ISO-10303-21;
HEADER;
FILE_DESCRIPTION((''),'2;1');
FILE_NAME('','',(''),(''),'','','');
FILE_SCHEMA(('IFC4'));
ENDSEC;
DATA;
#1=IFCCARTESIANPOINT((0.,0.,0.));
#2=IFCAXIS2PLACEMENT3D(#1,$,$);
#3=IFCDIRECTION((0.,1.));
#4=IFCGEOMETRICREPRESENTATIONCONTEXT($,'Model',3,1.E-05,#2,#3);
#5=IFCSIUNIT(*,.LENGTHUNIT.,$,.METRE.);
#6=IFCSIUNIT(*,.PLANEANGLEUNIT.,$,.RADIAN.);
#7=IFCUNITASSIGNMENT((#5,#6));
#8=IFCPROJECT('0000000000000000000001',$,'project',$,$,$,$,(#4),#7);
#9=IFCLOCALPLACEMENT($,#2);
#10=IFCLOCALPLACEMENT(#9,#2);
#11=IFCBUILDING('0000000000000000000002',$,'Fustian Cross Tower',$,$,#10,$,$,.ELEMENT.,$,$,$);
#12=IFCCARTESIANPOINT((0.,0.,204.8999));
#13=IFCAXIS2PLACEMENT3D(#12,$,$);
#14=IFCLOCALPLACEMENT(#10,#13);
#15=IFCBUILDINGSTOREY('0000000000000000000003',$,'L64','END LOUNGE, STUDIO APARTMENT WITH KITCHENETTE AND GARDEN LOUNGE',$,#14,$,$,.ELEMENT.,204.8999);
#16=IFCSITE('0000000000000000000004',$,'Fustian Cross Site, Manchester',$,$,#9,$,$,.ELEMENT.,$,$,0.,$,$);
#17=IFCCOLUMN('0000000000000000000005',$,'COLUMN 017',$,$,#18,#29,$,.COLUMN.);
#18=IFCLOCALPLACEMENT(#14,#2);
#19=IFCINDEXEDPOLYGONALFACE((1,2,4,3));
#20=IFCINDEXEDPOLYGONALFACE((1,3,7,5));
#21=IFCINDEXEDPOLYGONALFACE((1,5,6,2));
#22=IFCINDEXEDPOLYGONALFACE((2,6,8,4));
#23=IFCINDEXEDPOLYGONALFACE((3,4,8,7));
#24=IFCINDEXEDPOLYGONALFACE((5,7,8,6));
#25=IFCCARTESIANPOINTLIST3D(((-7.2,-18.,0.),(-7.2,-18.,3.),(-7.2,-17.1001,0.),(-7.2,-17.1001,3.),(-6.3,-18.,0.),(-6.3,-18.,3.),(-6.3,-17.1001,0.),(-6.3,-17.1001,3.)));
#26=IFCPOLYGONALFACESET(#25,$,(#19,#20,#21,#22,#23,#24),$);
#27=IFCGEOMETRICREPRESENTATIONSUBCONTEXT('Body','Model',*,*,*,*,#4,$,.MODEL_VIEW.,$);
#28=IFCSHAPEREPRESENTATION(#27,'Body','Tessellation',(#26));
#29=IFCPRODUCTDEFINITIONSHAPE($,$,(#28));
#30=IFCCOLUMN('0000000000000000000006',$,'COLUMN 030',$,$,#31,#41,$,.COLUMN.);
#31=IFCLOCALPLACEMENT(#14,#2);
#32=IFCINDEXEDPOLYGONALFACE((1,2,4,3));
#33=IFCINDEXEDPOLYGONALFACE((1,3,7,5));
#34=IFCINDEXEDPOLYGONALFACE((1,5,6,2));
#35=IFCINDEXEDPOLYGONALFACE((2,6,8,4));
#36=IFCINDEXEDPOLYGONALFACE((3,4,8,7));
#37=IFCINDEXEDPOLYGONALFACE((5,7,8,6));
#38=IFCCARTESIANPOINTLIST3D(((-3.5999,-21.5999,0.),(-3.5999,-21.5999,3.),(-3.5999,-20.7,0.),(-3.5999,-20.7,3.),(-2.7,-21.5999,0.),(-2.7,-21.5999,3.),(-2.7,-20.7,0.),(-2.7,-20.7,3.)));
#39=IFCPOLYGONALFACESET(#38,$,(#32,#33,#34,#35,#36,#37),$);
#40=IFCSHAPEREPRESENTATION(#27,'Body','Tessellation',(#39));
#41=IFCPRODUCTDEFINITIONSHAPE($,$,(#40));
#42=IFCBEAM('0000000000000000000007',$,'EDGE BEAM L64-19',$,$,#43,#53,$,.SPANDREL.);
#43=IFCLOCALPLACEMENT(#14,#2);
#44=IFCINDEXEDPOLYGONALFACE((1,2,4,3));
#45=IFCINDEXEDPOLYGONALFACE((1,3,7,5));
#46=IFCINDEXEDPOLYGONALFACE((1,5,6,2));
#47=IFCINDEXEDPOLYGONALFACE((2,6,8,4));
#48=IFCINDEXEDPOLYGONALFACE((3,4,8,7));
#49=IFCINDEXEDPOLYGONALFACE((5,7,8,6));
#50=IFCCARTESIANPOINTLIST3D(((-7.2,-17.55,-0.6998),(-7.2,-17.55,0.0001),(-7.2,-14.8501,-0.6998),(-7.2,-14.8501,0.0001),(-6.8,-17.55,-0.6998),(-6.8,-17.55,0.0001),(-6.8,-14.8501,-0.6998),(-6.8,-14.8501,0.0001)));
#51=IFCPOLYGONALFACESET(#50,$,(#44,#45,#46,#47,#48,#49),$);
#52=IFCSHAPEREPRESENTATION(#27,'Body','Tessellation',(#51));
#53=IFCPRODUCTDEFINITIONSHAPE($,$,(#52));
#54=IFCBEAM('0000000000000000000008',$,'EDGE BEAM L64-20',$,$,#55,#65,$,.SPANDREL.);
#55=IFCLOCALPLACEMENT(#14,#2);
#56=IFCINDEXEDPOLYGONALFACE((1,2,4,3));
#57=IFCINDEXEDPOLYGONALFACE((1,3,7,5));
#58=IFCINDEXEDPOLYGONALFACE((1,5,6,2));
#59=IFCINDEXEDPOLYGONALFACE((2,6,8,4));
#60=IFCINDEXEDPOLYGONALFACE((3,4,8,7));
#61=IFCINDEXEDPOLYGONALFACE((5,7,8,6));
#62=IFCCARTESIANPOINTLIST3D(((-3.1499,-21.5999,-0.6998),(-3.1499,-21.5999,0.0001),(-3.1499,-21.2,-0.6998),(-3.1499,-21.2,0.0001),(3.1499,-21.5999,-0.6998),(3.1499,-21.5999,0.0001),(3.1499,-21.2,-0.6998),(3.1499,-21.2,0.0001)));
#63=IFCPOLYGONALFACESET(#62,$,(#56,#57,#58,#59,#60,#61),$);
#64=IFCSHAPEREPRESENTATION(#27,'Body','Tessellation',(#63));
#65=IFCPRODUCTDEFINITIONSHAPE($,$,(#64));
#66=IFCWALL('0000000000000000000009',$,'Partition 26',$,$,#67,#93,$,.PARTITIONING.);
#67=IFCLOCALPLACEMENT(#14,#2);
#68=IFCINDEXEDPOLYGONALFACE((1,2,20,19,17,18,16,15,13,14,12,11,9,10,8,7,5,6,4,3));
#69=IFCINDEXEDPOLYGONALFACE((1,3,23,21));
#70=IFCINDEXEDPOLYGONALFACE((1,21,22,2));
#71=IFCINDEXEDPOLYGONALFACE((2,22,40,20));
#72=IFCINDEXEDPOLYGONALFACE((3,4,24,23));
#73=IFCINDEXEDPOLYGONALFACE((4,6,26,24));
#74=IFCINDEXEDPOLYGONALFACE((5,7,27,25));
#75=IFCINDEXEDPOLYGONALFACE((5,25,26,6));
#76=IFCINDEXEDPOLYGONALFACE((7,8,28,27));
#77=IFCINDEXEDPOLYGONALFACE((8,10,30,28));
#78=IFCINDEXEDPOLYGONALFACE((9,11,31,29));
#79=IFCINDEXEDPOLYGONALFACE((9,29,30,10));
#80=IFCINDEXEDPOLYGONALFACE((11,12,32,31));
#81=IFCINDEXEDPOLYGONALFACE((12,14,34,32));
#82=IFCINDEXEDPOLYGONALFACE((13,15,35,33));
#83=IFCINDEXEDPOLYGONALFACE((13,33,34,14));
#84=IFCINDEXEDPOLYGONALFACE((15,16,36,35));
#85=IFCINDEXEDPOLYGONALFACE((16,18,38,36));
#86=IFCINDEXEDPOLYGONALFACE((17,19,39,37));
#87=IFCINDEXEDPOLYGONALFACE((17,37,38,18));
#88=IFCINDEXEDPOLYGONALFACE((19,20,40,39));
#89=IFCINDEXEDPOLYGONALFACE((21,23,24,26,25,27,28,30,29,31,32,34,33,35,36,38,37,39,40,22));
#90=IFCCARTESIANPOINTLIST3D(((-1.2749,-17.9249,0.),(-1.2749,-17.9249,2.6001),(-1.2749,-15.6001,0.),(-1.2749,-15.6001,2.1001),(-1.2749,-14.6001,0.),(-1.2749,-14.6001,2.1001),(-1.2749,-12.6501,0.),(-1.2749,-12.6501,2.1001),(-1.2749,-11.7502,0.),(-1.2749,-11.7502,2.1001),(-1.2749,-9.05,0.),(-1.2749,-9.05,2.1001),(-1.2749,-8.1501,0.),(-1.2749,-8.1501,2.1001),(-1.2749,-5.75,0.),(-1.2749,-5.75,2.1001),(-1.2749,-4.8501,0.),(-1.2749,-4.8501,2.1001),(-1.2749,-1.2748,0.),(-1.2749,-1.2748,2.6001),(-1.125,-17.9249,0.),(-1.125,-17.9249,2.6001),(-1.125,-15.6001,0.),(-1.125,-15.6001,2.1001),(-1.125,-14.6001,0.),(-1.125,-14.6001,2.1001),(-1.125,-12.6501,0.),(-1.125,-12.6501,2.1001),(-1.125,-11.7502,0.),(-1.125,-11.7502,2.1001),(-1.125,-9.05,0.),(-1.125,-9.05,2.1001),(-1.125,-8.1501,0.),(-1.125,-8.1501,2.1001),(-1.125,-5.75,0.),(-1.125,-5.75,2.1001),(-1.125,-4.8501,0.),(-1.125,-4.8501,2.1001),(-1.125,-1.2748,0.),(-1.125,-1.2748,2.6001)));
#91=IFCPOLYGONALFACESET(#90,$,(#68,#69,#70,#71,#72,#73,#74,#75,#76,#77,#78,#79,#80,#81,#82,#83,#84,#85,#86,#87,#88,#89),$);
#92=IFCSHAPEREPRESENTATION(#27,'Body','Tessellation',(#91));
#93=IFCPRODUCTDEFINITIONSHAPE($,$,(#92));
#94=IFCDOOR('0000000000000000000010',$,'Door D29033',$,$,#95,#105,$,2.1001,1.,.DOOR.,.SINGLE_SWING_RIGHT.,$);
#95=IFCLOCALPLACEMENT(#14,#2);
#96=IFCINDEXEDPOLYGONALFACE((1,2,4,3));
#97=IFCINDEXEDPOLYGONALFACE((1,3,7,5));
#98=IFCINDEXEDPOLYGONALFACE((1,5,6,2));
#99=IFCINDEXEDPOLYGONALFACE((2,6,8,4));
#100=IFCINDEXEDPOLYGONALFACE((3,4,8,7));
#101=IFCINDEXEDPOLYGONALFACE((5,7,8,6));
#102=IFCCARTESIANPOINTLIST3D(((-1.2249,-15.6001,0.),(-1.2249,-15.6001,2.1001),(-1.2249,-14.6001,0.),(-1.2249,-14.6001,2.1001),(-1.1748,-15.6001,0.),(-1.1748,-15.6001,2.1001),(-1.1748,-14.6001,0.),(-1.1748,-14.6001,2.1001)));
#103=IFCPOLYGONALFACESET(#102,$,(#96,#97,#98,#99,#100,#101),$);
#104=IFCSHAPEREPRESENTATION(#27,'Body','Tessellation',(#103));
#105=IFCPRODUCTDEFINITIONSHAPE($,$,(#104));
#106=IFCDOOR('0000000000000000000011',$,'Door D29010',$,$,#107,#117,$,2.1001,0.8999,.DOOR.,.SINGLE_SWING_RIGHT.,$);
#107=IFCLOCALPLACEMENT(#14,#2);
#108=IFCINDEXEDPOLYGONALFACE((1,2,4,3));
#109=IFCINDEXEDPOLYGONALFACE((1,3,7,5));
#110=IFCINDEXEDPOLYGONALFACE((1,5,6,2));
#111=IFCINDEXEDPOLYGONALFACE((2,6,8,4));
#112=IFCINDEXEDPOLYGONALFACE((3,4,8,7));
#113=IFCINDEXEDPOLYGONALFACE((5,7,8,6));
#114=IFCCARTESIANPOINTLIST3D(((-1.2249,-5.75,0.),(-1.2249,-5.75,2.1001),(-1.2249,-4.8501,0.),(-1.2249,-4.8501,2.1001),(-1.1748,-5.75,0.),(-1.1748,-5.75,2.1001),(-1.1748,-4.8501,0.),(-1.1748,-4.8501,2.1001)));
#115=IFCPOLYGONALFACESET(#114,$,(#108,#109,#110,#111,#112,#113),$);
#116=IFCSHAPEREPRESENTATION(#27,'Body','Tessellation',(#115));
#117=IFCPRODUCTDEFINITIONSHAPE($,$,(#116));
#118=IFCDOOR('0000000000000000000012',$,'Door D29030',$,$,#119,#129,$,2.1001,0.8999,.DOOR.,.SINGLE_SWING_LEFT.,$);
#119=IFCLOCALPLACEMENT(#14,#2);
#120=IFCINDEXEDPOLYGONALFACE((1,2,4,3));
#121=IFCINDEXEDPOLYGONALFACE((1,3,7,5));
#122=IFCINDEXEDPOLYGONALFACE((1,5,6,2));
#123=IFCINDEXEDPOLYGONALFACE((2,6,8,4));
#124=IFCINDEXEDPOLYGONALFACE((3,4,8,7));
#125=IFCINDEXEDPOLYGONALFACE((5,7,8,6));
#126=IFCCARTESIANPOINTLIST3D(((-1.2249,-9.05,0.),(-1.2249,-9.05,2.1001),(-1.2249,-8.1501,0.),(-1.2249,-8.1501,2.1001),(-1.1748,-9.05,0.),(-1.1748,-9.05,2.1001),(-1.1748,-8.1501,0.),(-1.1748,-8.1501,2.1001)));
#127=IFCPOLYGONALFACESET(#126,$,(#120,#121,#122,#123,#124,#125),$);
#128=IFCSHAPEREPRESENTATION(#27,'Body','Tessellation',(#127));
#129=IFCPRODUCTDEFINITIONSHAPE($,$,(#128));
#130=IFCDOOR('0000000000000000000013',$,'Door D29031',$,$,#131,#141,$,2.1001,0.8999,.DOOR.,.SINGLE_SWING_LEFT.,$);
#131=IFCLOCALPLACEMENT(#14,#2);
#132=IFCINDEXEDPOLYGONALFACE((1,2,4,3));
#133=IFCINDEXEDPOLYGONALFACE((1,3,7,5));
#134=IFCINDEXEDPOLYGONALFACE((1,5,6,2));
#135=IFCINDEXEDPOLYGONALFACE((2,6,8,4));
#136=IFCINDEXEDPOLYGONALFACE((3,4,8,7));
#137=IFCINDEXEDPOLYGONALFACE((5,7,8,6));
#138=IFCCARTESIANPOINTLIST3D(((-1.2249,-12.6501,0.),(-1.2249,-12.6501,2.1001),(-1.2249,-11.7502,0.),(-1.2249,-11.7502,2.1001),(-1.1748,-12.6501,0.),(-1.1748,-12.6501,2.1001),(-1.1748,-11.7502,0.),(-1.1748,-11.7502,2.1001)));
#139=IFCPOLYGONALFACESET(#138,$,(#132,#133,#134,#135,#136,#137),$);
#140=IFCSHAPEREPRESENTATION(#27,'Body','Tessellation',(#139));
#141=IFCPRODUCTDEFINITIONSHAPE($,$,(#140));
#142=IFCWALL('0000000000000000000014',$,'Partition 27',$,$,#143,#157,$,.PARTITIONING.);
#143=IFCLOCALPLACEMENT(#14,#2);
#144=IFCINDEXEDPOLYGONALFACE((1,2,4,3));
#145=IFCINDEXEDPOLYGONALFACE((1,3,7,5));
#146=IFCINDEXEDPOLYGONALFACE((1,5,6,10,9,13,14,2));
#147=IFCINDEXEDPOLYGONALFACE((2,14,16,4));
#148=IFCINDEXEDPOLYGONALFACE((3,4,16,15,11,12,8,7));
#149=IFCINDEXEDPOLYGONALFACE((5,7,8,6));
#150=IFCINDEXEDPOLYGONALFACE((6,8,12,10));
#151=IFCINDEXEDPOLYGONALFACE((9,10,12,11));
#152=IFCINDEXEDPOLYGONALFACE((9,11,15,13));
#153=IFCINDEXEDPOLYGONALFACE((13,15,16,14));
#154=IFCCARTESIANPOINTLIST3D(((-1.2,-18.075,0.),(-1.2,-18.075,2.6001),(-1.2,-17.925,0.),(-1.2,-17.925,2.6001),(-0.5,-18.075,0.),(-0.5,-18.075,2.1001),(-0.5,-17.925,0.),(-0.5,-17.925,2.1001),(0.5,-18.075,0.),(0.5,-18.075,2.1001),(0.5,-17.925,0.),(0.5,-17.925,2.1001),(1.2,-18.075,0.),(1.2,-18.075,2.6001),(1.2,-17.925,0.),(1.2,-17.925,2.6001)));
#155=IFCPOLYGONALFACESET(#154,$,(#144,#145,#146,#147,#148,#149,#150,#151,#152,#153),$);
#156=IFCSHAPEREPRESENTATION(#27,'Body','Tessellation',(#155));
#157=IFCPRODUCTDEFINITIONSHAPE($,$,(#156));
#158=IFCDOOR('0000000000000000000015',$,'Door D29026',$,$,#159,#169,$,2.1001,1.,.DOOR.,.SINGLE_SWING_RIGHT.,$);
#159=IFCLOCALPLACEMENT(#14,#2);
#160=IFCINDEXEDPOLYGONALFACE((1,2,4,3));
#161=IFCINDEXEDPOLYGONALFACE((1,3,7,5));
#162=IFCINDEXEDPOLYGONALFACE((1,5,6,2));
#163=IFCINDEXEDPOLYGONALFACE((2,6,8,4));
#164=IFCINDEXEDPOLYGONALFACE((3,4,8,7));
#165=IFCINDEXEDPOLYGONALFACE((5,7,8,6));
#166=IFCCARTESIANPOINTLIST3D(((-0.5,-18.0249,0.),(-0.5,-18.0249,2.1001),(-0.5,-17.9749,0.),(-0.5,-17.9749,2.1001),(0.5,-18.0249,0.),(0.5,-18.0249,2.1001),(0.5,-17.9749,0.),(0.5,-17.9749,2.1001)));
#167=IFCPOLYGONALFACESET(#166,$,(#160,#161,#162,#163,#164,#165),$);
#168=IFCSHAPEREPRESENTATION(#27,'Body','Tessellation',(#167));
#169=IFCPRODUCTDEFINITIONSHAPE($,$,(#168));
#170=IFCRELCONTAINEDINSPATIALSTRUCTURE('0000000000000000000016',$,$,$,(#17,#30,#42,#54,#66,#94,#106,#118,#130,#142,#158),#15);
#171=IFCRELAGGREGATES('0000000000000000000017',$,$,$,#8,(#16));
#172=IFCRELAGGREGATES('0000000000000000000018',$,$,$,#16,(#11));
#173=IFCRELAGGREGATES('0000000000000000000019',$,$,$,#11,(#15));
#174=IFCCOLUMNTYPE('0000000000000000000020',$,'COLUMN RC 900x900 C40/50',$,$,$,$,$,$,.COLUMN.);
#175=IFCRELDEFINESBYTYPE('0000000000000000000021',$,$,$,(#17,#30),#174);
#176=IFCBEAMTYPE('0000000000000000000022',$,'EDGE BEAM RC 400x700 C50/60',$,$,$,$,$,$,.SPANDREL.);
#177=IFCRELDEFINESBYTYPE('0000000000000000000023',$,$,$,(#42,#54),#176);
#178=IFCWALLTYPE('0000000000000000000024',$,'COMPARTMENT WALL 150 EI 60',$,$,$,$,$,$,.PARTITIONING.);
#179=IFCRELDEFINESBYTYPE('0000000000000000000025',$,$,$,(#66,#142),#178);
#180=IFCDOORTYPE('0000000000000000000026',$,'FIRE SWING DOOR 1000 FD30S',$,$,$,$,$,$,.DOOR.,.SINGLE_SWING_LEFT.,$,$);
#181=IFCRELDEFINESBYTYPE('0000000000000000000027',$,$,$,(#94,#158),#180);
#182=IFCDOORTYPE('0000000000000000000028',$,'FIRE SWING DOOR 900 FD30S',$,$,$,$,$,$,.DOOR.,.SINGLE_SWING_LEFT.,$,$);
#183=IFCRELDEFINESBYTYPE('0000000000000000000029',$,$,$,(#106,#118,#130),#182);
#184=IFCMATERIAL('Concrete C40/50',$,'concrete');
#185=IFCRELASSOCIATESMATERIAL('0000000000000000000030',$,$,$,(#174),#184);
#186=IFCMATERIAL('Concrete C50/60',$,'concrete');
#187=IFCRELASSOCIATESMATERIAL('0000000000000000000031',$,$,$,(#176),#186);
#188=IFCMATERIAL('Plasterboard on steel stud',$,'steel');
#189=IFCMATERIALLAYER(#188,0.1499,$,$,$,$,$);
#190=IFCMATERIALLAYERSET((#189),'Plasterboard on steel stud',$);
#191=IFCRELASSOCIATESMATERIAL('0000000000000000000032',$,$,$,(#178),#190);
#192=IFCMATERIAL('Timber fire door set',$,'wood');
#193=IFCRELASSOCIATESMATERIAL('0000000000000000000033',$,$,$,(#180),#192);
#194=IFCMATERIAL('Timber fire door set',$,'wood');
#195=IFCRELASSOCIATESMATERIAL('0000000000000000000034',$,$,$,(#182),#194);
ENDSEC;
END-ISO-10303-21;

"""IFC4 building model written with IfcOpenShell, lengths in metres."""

from ifc_helpers import new_model, si_unit, direction, frame, frame_2d, origin, origin_2d, place, context, subcontext, project, spatial, rectangle, extrude, material, layer, layer_set, material_profile, profile_set, type_object, element, fill, save


model = new_model("IFC4")

# Units and contexts
model_context = context("Model", 3, precision=1e-05, world=origin(), true_north=direction((0.0, 1.0)))
body_context = subcontext(model_context, "Body", "Model", "MODEL_VIEW")
ifc_project = project(units=[si_unit("LENGTHUNIT", "METRE"), si_unit("PLANEANGLEUNIT", "RADIAN")], contexts=[model_context])

# Site, building, storey
site_placement = place(None, origin())
site = spatial("IfcSite", under=ifc_project, at=site_placement, Name="Fustian Cross Site, Manchester", CompositionType="ELEMENT", RefElevation=0.0)
building_placement = place(site_placement, origin())
building = spatial("IfcBuilding", under=site, at=building_placement, Name="Fustian Cross Tower", CompositionType="ELEMENT")
storey_placement = place(building_placement, frame((0.0, 0.0, 204.8999)))
storey = spatial("IfcBuildingStorey", under=building, at=storey_placement, Name="L64", Description="END LOUNGE, STUDIO APARTMENT WITH KITCHENETTE AND GARDEN LOUNGE", CompositionType="ELEMENT", Elevation=204.8999)

# Columns
ifc_material_1 = material(Name="Concrete C40/50", Category="concrete")
ifc_material_profile_1 = material_profile(ifc_material_1, rectangle(XDim=0.8999, YDim=0.8999, at=origin_2d()), Name="RC 900x900")
ifc_profile_set_1 = profile_set([ifc_material_profile_1], Name="Concrete C40/50")
column_type = type_object("IfcColumnType", Name="COLUMN RC 900x900 C40/50", PredefinedType="COLUMN", material=ifc_profile_set_1)
for number, where, z_axis, x_axis, name in (
    (1, (-6.75, -17.55, 0.0), (0.0, 0.0, 1.0), (1.0, 0.0, 0.0), "COLUMN 017"),
    (2, (-3.1499, -21.1499, 0.0), (0.0, 0.0, 1.0), (1.0, 0.0, 0.0), "COLUMN 030"),
):
    element("IfcColumn", number, at=place(storey_placement, frame(where, z_axis=z_axis, x_axis=x_axis)), inside=storey, type_object=column_type, Name=name, PredefinedType="COLUMN", context=body_context, shape_type="SweptSolid", body=[
        extrude(rectangle(XDim=0.8999, YDim=0.8999, at=origin_2d()), origin(), (0.0, 0.0, 1.0), 3.0),
    ])

# Beams
ifc_material_2 = material(Name="Concrete C50/60", Category="concrete")
ifc_material_profile_2 = material_profile(ifc_material_2, rectangle(XDim=0.3999, YDim=0.7, at=origin_2d()), Name="RC 400x700")
ifc_profile_set_2 = profile_set([ifc_material_profile_2], Name="Concrete C50/60")
beam_type = type_object("IfcBeamType", Name="EDGE BEAM RC 400x700 C50/60", PredefinedType="SPANDREL", material=ifc_profile_set_2)
beam_1_placement = place(storey_placement, frame((-7.0, -14.8501, -0.3499), z_axis=(0.0, -1.0, 0.0), x_axis=(1.0, 0.0, 0.0)))
element("IfcBeam", 3, at=beam_1_placement, inside=storey, type_object=beam_type, Name="EDGE BEAM L64-19", PredefinedType="SPANDREL", context=body_context, shape_type="SweptSolid", body=[
    extrude(rectangle(XDim=0.3999, YDim=0.7, at=origin_2d()), origin(), (0.0, 0.0, 1.0), 2.7),
])
beam_2_placement = place(storey_placement, frame((-3.1499, -21.3999, -0.3499), z_axis=(1.0, 0.0, 0.0), x_axis=(0.0, 1.0, 0.0)))
element("IfcBeam", 4, at=beam_2_placement, inside=storey, type_object=beam_type, Name="EDGE BEAM L64-20", PredefinedType="SPANDREL", context=body_context, shape_type="SweptSolid", body=[
    extrude(rectangle(XDim=0.3999, YDim=0.7, at=origin_2d()), origin(), (0.0, 0.0, 1.0), 6.2998),
])

# Wall, openings, doors
ifc_material_3 = material(Name="Plasterboard on steel stud", Category="steel")
ifc_layer_1 = layer(ifc_material_3, 0.1499)
ifc_layer_set_1 = layer_set([ifc_layer_1], Name="Plasterboard on steel stud")
wall_type_1 = type_object("IfcWallType", Name="COMPARTMENT WALL 150 EI 60", PredefinedType="PARTITIONING", material=ifc_layer_set_1)
wall_1_placement = place(storey_placement, frame((-1.2, -17.925, 0.0), z_axis=(0.0, 0.0, 1.0), x_axis=(0.0, 1.0, 0.0)))
wall_1 = element("IfcWall", 5, at=wall_1_placement, inside=storey, type_object=wall_type_1, Name="Partition 26", PredefinedType="PARTITIONING", context=body_context, shape_type="SweptSolid", body=[
    extrude(rectangle(XDim=16.6501, YDim=0.1499, at=frame_2d((8.3252, 0.0))), origin(), (0.0, 0.0, 1.0), 2.6001),
])
opening_1_placement = place(wall_1_placement, frame((12.175, 0.0, 0.0)))
opening_1 = element("IfcOpeningElement", 6, at=opening_1_placement, cuts=wall_1, PredefinedType="OPENING", context=body_context, shape_type="SweptSolid", body=[
    extrude(rectangle(XDim=0.8999, YDim=2.1001, at=frame_2d((0.45, 1.05))), frame((0.0, 0.085, 0.0), z_axis=(0.0, -1.0, 0.0), x_axis=(1.0, 0.0, 0.0)), (0.0, 0.0, 1.0), 0.1699),
])
opening_2_placement = place(wall_1_placement, frame((8.875, 0.0, 0.0)))
opening_2 = element("IfcOpeningElement", 7, at=opening_2_placement, cuts=wall_1, PredefinedType="OPENING", context=body_context, shape_type="SweptSolid", body=[
    extrude(rectangle(XDim=0.8999, YDim=2.1001, at=frame_2d((0.45, 1.05))), frame((0.0, 0.085, 0.0), z_axis=(0.0, -1.0, 0.0), x_axis=(1.0, 0.0, 0.0)), (0.0, 0.0, 1.0), 0.1699),
])
opening_3_placement = place(wall_1_placement, frame((5.2749, 0.0, 0.0)))
opening_3 = element("IfcOpeningElement", 8, at=opening_3_placement, cuts=wall_1, PredefinedType="OPENING", context=body_context, shape_type="SweptSolid", body=[
    extrude(rectangle(XDim=0.8999, YDim=2.1001, at=frame_2d((0.45, 1.05))), frame((0.0, 0.085, 0.0), z_axis=(0.0, -1.0, 0.0), x_axis=(1.0, 0.0, 0.0)), (0.0, 0.0, 1.0), 0.1699),
])
opening_4_placement = place(wall_1_placement, frame((2.325, 0.0, 0.0)))
opening_4 = element("IfcOpeningElement", 9, at=opening_4_placement, cuts=wall_1, PredefinedType="OPENING", context=body_context, shape_type="SweptSolid", body=[
    extrude(rectangle(XDim=1.0, YDim=2.1001, at=frame_2d((0.5, 1.05))), frame((0.0, 0.085, 0.0), z_axis=(0.0, -1.0, 0.0), x_axis=(1.0, 0.0, 0.0)), (0.0, 0.0, 1.0), 0.1699),
])
ifc_material_4 = material(Name="Timber fire door set", Category="wood")
door_type_1 = type_object("IfcDoorType", Name="FIRE SWING DOOR 1000 FD30S", OperationType="SINGLE_SWING_LEFT", PredefinedType="DOOR", material=ifc_material_4)
door_1_placement = place(opening_4_placement, origin())
door_1 = element("IfcDoor", 10, at=door_1_placement, inside=storey, type_object=door_type_1, Name="Door D29033", OperationType="SINGLE_SWING_RIGHT", OverallHeight=2.1001, OverallWidth=1.0, PredefinedType="DOOR", context=body_context, shape_type="SweptSolid", body=[
    extrude(rectangle(XDim=1.0, YDim=2.1001, at=frame_2d((0.5, 1.05))), frame((0.0, 0.0249, 0.0), z_axis=(0.0, -1.0, 0.0), x_axis=(1.0, 0.0, 0.0)), (0.0, 0.0, 1.0), 0.05),
])
fill(opening_4, door_1)
ifc_material_5 = material(Name="Timber fire door set", Category="wood")
door_type_2 = type_object("IfcDoorType", Name="FIRE SWING DOOR 900 FD30S", OperationType="SINGLE_SWING_LEFT", PredefinedType="DOOR", material=ifc_material_5)
door_2_placement = place(opening_1_placement, origin())
door_2 = element("IfcDoor", 11, at=door_2_placement, inside=storey, type_object=door_type_2, Name="Door D29010", OperationType="SINGLE_SWING_RIGHT", OverallHeight=2.1001, OverallWidth=0.8999, PredefinedType="DOOR", context=body_context, shape_type="SweptSolid", body=[
    extrude(rectangle(XDim=0.8999, YDim=2.1001, at=frame_2d((0.45, 1.05))), frame((0.0, 0.0249, 0.0), z_axis=(0.0, -1.0, 0.0), x_axis=(1.0, 0.0, 0.0)), (0.0, 0.0, 1.0), 0.05),
])
fill(opening_1, door_2)
door_3_placement = place(opening_2_placement, origin())
door_3 = element("IfcDoor", 12, at=door_3_placement, inside=storey, type_object=door_type_2, Name="Door D29030", OperationType="SINGLE_SWING_LEFT", OverallHeight=2.1001, OverallWidth=0.8999, PredefinedType="DOOR", context=body_context, shape_type="SweptSolid", body=[
    extrude(rectangle(XDim=0.8999, YDim=2.1001, at=frame_2d((0.45, 1.05))), frame((0.0, 0.0249, 0.0), z_axis=(0.0, -1.0, 0.0), x_axis=(1.0, 0.0, 0.0)), (0.0, 0.0, 1.0), 0.05),
])
fill(opening_2, door_3)
door_4_placement = place(opening_3_placement, origin())
door_4 = element("IfcDoor", 13, at=door_4_placement, inside=storey, type_object=door_type_2, Name="Door D29031", OperationType="SINGLE_SWING_LEFT", OverallHeight=2.1001, OverallWidth=0.8999, PredefinedType="DOOR", context=body_context, shape_type="SweptSolid", body=[
    extrude(rectangle(XDim=0.8999, YDim=2.1001, at=frame_2d((0.45, 1.05))), frame((0.0, 0.0249, 0.0), z_axis=(0.0, -1.0, 0.0), x_axis=(1.0, 0.0, 0.0)), (0.0, 0.0, 1.0), 0.05),
])
fill(opening_3, door_4)

# Wall, opening, door
wall_2_placement = place(storey_placement, frame((-1.2, -18.0, 0.0), z_axis=(0.0, 0.0, 1.0), x_axis=(1.0, 0.0, 0.0)))
wall_2 = element("IfcWall", 14, at=wall_2_placement, inside=storey, type_object=wall_type_1, Name="Partition 27", PredefinedType="PARTITIONING", context=body_context, shape_type="SweptSolid", body=[
    extrude(rectangle(XDim=2.3999, YDim=0.1499, at=frame_2d((1.2, 0.0))), origin(), (0.0, 0.0, 1.0), 2.6001),
])
opening_5_placement = place(wall_2_placement, frame((0.7, 0.0, 0.0)))
opening_5 = element("IfcOpeningElement", 15, at=opening_5_placement, cuts=wall_2, PredefinedType="OPENING", context=body_context, shape_type="SweptSolid", body=[
    extrude(rectangle(XDim=1.0, YDim=2.1001, at=frame_2d((0.5, 1.05))), frame((0.0, 0.085, 0.0), z_axis=(0.0, -1.0, 0.0), x_axis=(1.0, 0.0, 0.0)), (0.0, 0.0, 1.0), 0.1699),
])
door_5_placement = place(opening_5_placement, frame((1.0, 0.0, 0.0), z_axis=(0.0, 0.0, 1.0), x_axis=(-1.0, 0.0, 0.0)))
door_5 = element("IfcDoor", 16, at=door_5_placement, inside=storey, type_object=door_type_1, Name="Door D29026", OperationType="SINGLE_SWING_RIGHT", OverallHeight=2.1001, OverallWidth=1.0, PredefinedType="DOOR", context=body_context, shape_type="SweptSolid", body=[
    extrude(rectangle(XDim=1.0, YDim=2.1001, at=frame_2d((0.5, 1.05))), frame((0.0, 0.0249, 0.0), z_axis=(0.0, -1.0, 0.0), x_axis=(1.0, 0.0, 0.0)), (0.0, 0.0, 1.0), 0.05),
])
fill(opening_5, door_5)

save(model, "model.ifc")
